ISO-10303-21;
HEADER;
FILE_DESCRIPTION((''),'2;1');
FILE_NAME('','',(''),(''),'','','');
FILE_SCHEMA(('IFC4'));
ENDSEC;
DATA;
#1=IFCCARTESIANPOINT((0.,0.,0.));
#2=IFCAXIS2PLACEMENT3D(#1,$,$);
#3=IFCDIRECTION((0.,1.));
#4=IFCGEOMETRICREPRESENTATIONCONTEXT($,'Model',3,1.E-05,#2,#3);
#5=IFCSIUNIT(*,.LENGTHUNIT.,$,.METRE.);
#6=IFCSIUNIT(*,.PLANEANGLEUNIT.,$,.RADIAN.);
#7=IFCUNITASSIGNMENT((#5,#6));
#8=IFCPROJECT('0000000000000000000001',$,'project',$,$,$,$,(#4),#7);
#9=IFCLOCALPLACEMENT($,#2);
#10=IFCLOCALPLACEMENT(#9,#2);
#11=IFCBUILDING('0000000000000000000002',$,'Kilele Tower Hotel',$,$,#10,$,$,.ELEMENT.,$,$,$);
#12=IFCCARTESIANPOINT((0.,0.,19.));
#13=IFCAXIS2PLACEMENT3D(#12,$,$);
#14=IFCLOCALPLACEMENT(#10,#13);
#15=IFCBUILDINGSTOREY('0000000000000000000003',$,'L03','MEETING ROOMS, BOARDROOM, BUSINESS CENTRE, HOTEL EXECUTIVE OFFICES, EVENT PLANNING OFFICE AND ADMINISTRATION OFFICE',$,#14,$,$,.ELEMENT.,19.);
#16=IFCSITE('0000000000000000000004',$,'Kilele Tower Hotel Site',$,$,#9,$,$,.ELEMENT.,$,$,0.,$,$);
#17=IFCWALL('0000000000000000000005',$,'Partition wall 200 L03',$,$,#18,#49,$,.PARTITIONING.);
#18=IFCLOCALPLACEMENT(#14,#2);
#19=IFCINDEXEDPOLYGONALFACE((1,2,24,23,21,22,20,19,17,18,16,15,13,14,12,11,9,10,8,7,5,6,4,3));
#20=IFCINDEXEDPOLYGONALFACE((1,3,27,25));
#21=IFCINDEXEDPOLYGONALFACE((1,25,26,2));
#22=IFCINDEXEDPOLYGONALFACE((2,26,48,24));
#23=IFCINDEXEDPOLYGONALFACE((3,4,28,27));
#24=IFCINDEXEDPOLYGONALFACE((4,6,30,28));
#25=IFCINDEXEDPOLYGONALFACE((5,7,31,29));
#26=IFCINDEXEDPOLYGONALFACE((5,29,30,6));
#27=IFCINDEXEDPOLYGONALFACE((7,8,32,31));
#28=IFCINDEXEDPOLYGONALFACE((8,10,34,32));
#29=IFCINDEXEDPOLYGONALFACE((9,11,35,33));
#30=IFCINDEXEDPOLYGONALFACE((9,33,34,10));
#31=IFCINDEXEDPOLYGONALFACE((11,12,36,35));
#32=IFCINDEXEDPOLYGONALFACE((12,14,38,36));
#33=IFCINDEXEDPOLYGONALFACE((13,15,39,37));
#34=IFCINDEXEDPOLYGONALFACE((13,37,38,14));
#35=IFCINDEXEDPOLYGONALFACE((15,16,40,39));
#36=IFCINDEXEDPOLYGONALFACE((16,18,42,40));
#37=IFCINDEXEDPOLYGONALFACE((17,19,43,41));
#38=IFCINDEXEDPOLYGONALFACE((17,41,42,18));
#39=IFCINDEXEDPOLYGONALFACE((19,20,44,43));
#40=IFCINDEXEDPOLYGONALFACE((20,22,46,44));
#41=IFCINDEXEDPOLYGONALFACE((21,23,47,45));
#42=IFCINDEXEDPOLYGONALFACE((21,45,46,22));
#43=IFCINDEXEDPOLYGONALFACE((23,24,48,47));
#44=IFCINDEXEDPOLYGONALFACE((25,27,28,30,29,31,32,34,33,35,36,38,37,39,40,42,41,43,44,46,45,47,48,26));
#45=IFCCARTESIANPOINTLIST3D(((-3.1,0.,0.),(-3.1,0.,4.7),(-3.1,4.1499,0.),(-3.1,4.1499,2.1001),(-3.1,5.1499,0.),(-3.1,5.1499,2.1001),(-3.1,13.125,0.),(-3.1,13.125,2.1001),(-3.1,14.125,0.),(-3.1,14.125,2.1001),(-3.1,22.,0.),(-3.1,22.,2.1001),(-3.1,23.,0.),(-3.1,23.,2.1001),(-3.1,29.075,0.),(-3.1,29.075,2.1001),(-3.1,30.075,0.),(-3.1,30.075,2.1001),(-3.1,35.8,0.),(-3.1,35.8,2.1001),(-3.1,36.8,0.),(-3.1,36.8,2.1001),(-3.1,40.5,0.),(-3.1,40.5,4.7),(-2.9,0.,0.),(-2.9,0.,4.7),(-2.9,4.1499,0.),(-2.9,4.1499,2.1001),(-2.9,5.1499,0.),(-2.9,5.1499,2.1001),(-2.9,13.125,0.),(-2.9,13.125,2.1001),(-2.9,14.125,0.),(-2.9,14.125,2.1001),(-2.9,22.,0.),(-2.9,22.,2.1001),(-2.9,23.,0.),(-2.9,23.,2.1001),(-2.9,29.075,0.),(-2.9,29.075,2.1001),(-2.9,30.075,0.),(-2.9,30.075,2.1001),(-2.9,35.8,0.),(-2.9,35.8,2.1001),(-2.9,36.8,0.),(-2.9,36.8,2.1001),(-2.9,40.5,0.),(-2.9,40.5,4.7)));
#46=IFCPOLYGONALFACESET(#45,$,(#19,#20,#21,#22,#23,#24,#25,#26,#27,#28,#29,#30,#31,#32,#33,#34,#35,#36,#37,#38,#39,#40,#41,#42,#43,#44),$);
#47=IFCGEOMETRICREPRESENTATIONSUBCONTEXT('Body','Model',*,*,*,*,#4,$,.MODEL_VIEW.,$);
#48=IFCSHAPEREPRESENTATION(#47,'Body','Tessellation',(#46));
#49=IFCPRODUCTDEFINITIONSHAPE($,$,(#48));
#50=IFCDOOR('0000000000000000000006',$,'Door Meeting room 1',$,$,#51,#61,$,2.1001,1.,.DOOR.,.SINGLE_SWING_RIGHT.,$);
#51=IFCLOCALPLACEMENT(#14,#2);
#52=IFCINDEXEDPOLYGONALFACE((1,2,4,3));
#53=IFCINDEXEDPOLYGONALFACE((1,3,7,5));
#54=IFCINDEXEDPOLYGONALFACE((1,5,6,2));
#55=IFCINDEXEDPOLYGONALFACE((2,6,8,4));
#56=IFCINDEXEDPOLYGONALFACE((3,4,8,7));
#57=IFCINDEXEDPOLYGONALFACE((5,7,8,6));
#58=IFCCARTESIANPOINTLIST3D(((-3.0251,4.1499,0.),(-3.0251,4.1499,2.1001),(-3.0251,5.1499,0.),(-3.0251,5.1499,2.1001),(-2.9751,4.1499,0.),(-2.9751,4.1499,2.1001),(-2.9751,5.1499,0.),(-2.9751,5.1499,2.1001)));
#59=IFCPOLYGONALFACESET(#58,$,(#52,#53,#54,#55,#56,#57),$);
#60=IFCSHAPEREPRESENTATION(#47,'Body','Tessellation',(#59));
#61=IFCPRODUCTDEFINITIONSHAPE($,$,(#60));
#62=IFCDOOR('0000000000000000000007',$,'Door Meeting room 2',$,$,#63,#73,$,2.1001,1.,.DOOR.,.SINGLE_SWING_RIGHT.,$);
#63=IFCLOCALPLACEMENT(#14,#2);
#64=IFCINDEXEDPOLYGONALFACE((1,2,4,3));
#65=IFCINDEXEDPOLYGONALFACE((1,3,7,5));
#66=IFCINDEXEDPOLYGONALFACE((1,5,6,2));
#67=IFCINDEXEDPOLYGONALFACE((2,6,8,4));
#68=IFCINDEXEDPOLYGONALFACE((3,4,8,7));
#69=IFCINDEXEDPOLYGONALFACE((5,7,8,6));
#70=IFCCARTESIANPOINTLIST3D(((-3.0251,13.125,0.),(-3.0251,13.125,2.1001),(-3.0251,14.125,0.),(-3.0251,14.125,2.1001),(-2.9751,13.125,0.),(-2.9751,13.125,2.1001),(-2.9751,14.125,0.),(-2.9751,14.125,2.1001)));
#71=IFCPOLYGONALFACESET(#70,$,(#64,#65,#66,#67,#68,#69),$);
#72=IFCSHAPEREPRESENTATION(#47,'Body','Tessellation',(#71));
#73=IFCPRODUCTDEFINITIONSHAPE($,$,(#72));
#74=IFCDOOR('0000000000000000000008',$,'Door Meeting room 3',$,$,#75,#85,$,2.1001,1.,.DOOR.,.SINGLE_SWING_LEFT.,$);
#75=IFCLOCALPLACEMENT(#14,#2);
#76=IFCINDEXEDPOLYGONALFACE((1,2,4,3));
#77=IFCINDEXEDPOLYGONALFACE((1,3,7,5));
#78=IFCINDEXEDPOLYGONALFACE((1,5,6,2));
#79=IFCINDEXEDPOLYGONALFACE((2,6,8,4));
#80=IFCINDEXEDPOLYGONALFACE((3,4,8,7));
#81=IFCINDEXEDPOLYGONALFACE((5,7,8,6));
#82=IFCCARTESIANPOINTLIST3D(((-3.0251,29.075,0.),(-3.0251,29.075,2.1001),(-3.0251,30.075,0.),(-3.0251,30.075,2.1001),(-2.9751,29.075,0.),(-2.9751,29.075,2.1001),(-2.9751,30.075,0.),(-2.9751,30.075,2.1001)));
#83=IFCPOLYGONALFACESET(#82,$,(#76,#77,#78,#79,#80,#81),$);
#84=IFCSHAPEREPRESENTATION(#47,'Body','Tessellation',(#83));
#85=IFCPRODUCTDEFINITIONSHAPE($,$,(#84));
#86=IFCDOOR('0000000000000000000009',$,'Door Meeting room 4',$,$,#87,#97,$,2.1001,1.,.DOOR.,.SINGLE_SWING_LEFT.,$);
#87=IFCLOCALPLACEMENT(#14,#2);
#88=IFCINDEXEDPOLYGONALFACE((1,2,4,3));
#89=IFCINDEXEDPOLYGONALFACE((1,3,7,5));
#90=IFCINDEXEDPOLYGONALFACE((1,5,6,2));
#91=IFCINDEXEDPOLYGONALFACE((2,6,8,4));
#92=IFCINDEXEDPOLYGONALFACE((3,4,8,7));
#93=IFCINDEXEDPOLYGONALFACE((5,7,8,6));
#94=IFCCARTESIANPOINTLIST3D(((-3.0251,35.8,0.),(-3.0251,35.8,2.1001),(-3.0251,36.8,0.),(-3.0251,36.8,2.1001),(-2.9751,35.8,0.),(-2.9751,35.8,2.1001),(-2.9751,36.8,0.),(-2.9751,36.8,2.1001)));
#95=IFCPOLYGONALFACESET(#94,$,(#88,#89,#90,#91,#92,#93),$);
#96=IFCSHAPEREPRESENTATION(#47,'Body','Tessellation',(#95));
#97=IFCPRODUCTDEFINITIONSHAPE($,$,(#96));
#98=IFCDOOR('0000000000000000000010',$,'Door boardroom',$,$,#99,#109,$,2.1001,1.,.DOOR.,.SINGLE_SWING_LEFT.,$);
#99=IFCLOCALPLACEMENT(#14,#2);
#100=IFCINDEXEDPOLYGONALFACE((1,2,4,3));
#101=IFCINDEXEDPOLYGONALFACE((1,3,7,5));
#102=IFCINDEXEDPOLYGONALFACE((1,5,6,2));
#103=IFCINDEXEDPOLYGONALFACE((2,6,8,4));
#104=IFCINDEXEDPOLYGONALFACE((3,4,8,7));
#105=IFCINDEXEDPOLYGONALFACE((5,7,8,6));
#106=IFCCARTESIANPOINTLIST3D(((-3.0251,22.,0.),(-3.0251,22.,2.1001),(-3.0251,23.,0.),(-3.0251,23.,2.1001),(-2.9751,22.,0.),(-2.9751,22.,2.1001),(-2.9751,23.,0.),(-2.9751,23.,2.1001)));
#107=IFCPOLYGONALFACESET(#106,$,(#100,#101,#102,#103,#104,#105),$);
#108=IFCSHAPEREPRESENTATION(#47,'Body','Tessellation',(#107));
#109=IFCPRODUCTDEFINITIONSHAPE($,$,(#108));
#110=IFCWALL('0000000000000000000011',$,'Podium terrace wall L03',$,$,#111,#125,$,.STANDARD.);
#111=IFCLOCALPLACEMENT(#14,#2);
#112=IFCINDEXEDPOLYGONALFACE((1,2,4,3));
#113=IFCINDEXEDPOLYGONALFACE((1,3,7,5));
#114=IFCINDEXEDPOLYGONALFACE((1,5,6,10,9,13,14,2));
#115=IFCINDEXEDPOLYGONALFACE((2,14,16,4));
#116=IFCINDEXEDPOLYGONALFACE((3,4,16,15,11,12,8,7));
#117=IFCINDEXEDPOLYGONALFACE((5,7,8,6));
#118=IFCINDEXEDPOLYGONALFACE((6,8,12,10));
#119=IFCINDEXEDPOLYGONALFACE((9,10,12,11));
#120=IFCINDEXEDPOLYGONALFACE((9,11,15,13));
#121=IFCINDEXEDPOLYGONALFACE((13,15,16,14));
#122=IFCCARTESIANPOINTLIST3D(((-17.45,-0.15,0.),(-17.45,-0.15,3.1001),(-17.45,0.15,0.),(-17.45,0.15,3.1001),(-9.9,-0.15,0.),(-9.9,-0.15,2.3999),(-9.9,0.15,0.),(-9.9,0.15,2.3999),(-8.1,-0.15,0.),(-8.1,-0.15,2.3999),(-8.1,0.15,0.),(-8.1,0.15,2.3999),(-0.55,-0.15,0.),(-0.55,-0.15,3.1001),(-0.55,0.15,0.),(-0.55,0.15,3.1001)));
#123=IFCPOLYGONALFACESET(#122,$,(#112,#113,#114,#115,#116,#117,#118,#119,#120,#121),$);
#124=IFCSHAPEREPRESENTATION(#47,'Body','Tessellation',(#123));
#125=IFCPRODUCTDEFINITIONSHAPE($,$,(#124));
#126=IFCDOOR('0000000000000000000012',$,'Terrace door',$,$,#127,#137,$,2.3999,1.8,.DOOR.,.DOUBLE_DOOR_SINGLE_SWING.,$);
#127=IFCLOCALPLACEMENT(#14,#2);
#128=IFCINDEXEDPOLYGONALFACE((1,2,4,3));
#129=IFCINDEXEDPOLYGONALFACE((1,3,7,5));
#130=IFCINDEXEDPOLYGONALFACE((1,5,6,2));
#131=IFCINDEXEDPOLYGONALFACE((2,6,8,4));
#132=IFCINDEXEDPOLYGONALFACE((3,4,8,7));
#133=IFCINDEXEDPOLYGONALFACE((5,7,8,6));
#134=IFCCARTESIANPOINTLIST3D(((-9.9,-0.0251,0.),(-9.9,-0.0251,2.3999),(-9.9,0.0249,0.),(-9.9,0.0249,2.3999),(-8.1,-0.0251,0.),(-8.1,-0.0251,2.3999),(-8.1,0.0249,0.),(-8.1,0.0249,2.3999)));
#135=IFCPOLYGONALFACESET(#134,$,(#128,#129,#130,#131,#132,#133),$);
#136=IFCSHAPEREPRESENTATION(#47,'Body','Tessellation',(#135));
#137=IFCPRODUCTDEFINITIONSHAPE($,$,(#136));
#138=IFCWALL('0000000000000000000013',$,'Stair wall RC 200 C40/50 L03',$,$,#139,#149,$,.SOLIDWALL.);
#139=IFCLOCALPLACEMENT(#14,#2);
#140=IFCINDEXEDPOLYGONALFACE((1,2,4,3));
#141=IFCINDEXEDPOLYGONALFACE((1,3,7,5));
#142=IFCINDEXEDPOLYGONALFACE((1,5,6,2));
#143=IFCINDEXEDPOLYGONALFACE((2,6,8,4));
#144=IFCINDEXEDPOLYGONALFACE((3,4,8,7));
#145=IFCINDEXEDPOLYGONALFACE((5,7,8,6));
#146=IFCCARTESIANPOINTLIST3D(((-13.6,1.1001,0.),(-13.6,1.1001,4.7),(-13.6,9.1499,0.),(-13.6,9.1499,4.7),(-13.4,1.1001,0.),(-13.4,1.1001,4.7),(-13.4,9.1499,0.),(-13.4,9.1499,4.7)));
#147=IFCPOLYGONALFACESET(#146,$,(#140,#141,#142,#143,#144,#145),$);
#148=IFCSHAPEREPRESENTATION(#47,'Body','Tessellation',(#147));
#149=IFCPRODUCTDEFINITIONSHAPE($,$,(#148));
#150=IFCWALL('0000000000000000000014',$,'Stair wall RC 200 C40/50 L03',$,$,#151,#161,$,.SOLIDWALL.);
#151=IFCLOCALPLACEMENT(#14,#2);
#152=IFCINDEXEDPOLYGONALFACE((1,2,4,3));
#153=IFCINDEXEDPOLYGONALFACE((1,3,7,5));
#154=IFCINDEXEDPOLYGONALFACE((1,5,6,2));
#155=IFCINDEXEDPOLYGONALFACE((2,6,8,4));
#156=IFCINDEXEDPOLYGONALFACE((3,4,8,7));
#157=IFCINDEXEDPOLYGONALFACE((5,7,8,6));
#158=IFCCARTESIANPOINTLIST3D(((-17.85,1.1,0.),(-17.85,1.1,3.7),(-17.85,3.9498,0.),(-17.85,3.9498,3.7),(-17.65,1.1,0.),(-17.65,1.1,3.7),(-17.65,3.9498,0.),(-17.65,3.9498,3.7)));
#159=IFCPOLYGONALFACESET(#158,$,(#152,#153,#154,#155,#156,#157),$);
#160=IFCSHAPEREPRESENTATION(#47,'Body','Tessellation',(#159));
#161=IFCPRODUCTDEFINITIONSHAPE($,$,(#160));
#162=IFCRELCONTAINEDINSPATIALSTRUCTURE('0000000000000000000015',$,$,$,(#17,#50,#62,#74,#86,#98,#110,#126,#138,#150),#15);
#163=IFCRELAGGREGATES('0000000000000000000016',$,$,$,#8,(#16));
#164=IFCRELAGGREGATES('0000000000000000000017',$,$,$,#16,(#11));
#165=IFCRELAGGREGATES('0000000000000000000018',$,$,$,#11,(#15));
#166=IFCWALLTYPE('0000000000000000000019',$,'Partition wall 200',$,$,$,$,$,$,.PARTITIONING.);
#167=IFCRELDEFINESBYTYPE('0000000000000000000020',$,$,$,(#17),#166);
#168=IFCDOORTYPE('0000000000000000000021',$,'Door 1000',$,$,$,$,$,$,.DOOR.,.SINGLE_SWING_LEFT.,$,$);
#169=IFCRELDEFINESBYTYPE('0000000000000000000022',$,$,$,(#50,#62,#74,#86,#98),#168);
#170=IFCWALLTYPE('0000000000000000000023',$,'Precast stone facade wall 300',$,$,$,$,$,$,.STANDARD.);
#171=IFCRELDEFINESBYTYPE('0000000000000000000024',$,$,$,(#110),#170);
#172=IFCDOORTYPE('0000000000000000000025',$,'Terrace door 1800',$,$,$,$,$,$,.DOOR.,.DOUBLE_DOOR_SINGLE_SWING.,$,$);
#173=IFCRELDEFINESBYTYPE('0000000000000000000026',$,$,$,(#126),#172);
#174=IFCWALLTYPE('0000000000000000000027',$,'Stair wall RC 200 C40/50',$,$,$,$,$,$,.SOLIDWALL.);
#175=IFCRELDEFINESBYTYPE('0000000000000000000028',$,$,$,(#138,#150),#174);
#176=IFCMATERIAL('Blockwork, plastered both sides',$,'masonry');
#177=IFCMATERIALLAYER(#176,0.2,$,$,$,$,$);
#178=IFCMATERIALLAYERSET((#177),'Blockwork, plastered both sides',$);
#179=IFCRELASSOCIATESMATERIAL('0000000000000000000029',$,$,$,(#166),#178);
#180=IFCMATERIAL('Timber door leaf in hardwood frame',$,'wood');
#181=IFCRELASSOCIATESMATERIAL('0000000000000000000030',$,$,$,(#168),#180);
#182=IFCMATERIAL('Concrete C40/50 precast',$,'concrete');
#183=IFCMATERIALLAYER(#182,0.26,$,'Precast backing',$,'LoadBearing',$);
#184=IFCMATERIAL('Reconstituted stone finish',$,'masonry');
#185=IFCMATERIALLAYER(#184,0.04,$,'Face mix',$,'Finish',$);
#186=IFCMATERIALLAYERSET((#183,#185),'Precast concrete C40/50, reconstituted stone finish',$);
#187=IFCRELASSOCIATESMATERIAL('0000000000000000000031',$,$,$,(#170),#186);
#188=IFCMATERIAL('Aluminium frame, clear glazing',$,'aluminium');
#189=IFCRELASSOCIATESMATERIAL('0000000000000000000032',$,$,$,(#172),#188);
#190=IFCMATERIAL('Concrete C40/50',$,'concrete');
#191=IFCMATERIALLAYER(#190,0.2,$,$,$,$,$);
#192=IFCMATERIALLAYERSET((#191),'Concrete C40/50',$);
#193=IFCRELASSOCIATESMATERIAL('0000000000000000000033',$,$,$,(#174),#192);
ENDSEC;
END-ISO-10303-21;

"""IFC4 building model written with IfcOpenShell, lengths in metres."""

from ifc_helpers import new_model, si_unit, direction, frame, frame_2d, origin, place, context, subcontext, project, spatial, rectangle, extrude, material, layer, layer_set, type_object, element, fill, save


model = new_model("IFC4")

# Units and contexts
model_context = context("Model", 3, precision=1e-05, world=origin(), true_north=direction((0.0, 1.0)))
body_context = subcontext(model_context, "Body", "Model", "MODEL_VIEW")
ifc_project = project(units=[si_unit("LENGTHUNIT", "METRE"), si_unit("PLANEANGLEUNIT", "RADIAN")], contexts=[model_context])

# Site, building, storey
site_placement = place(None, origin())
site = spatial("IfcSite", under=ifc_project, at=site_placement, Name="Kilele Tower Hotel Site", CompositionType="ELEMENT", RefElevation=0.0)
building_placement = place(site_placement, origin())
building = spatial("IfcBuilding", under=site, at=building_placement, Name="Kilele Tower Hotel", CompositionType="ELEMENT")
storey_placement = place(building_placement, frame((0.0, 0.0, 19.0)))
storey = spatial("IfcBuildingStorey", under=building, at=storey_placement, Name="L03", Description="MEETING ROOMS, BOARDROOM, BUSINESS CENTRE, HOTEL EXECUTIVE OFFICES, EVENT PLANNING OFFICE AND ADMINISTRATION OFFICE", CompositionType="ELEMENT", Elevation=19.0)

# Wall, openings, doors
ifc_material_1 = material(Name="Blockwork, plastered both sides", Category="masonry")
ifc_layer_1 = layer(ifc_material_1, 0.2)
ifc_layer_set_1 = layer_set([ifc_layer_1], Name="Blockwork, plastered both sides")
wall_type_1 = type_object("IfcWallType", Name="Partition wall 200", PredefinedType="PARTITIONING", material=ifc_layer_set_1)
wall_1_placement = place(storey_placement, frame((-3.0, 0.0, 0.0), z_axis=(0.0, 0.0, 1.0), x_axis=(0.0, 1.0, 0.0)))
wall_1 = element("IfcWall", 1, at=wall_1_placement, inside=storey, type_object=wall_type_1, Name="Partition wall 200 L03", PredefinedType="PARTITIONING", context=body_context, shape_type="SweptSolid", body=[
    extrude(rectangle(XDim=40.5, YDim=0.2, at=frame_2d((20.25, 0.0))), origin(), (0.0, 0.0, 1.0), 4.7),
])
opening_1_placement = place(wall_1_placement, frame((5.1499, 0.0, 0.0), z_axis=(0.0, 0.0, 1.0), x_axis=(-1.0, 0.0, 0.0)))
opening_1 = element("IfcOpeningElement", 2, at=opening_1_placement, cuts=wall_1, PredefinedType="OPENING", context=body_context, shape_type="SweptSolid", body=[
    extrude(rectangle(XDim=1.0, YDim=2.1001, at=frame_2d((0.5, 1.05))), frame((0.0, 0.1099, 0.0), z_axis=(0.0, -1.0, 0.0), x_axis=(1.0, 0.0, 0.0)), (0.0, 0.0, 1.0), 0.22),
])
opening_2_placement = place(wall_1_placement, frame((14.125, 0.0, 0.0), z_axis=(0.0, 0.0, 1.0), x_axis=(-1.0, 0.0, 0.0)))
opening_2 = element("IfcOpeningElement", 3, at=opening_2_placement, cuts=wall_1, PredefinedType="OPENING", context=body_context, shape_type="SweptSolid", body=[
    extrude(rectangle(XDim=1.0, YDim=2.1001, at=frame_2d((0.5, 1.05))), frame((0.0, 0.1099, 0.0), z_axis=(0.0, -1.0, 0.0), x_axis=(1.0, 0.0, 0.0)), (0.0, 0.0, 1.0), 0.22),
])
opening_3_placement = place(wall_1_placement, frame((30.075, 0.0, 0.0), z_axis=(0.0, 0.0, 1.0), x_axis=(-1.0, 0.0, 0.0)))
opening_3 = element("IfcOpeningElement", 4, at=opening_3_placement, cuts=wall_1, PredefinedType="OPENING", context=body_context, shape_type="SweptSolid", body=[
    extrude(rectangle(XDim=1.0, YDim=2.1001, at=frame_2d((0.5, 1.05))), frame((0.0, 0.1099, 0.0), z_axis=(0.0, -1.0, 0.0), x_axis=(1.0, 0.0, 0.0)), (0.0, 0.0, 1.0), 0.22),
])
opening_4_placement = place(wall_1_placement, frame((36.8, 0.0, 0.0), z_axis=(0.0, 0.0, 1.0), x_axis=(-1.0, 0.0, 0.0)))
opening_4 = element("IfcOpeningElement", 5, at=opening_4_placement, cuts=wall_1, PredefinedType="OPENING", context=body_context, shape_type="SweptSolid", body=[
    extrude(rectangle(XDim=1.0, YDim=2.1001, at=frame_2d((0.5, 1.05))), frame((0.0, 0.1099, 0.0), z_axis=(0.0, -1.0, 0.0), x_axis=(1.0, 0.0, 0.0)), (0.0, 0.0, 1.0), 0.22),
])
opening_5_placement = place(wall_1_placement, frame((23.0, 0.0, 0.0), z_axis=(0.0, 0.0, 1.0), x_axis=(-1.0, 0.0, 0.0)))
opening_5 = element("IfcOpeningElement", 6, at=opening_5_placement, cuts=wall_1, PredefinedType="OPENING", context=body_context, shape_type="SweptSolid", body=[
    extrude(rectangle(XDim=1.0, YDim=2.1001, at=frame_2d((0.5, 1.05))), frame((0.0, 0.1099, 0.0), z_axis=(0.0, -1.0, 0.0), x_axis=(1.0, 0.0, 0.0)), (0.0, 0.0, 1.0), 0.22),
])
ifc_material_2 = material(Name="Timber door leaf in hardwood frame", Category="wood")
door_type_1 = type_object("IfcDoorType", Name="Door 1000", OperationType="SINGLE_SWING_LEFT", PredefinedType="DOOR", material=ifc_material_2)
door_1_placement = place(opening_1_placement, origin())
door_1 = element("IfcDoor", 7, at=door_1_placement, inside=storey, type_object=door_type_1, Name="Door Meeting room 1", OperationType="SINGLE_SWING_RIGHT", OverallHeight=2.1001, OverallWidth=1.0, PredefinedType="DOOR", context=body_context, shape_type="SweptSolid", body=[
    extrude(rectangle(XDim=1.0, YDim=2.1001, at=frame_2d((0.5, 1.05))), frame((0.0, 0.0249, 0.0), z_axis=(0.0, -1.0, 0.0), x_axis=(1.0, 0.0, 0.0)), (0.0, 0.0, 1.0), 0.05),
])
fill(opening_1, door_1)
door_2_placement = place(opening_2_placement, origin())
door_2 = element("IfcDoor", 8, at=door_2_placement, inside=storey, type_object=door_type_1, Name="Door Meeting room 2", OperationType="SINGLE_SWING_RIGHT", OverallHeight=2.1001, OverallWidth=1.0, PredefinedType="DOOR", context=body_context, shape_type="SweptSolid", body=[
    extrude(rectangle(XDim=1.0, YDim=2.1001, at=frame_2d((0.5, 1.05))), frame((0.0, 0.0249, 0.0), z_axis=(0.0, -1.0, 0.0), x_axis=(1.0, 0.0, 0.0)), (0.0, 0.0, 1.0), 0.05),
])
fill(opening_2, door_2)
door_3_placement = place(opening_3_placement, origin())
door_3 = element("IfcDoor", 9, at=door_3_placement, inside=storey, type_object=door_type_1, Name="Door Meeting room 3", OperationType="SINGLE_SWING_LEFT", OverallHeight=2.1001, OverallWidth=1.0, PredefinedType="DOOR", context=body_context, shape_type="SweptSolid", body=[
    extrude(rectangle(XDim=1.0, YDim=2.1001, at=frame_2d((0.5, 1.05))), frame((0.0, 0.0249, 0.0), z_axis=(0.0, -1.0, 0.0), x_axis=(1.0, 0.0, 0.0)), (0.0, 0.0, 1.0), 0.05),
])
fill(opening_3, door_3)
door_4_placement = place(opening_4_placement, origin())
door_4 = element("IfcDoor", 10, at=door_4_placement, inside=storey, type_object=door_type_1, Name="Door Meeting room 4", OperationType="SINGLE_SWING_LEFT", OverallHeight=2.1001, OverallWidth=1.0, PredefinedType="DOOR", context=body_context, shape_type="SweptSolid", body=[
    extrude(rectangle(XDim=1.0, YDim=2.1001, at=frame_2d((0.5, 1.05))), frame((0.0, 0.0249, 0.0), z_axis=(0.0, -1.0, 0.0), x_axis=(1.0, 0.0, 0.0)), (0.0, 0.0, 1.0), 0.05),
])
fill(opening_4, door_4)
door_5_placement = place(opening_5_placement, origin())
door_5 = element("IfcDoor", 11, at=door_5_placement, inside=storey, type_object=door_type_1, Name="Door boardroom", OperationType="SINGLE_SWING_LEFT", OverallHeight=2.1001, OverallWidth=1.0, PredefinedType="DOOR", context=body_context, shape_type="SweptSolid", body=[
    extrude(rectangle(XDim=1.0, YDim=2.1001, at=frame_2d((0.5, 1.05))), frame((0.0, 0.0249, 0.0), z_axis=(0.0, -1.0, 0.0), x_axis=(1.0, 0.0, 0.0)), (0.0, 0.0, 1.0), 0.05),
])
fill(opening_5, door_5)

# Wall, opening, door
ifc_material_3 = material(Name="Concrete C40/50 precast", Category="concrete")
ifc_layer_2 = layer(ifc_material_3, 0.26, Name="Precast backing", Category="LoadBearing")
ifc_material_4 = material(Name="Reconstituted stone finish", Category="masonry")
ifc_layer_3 = layer(ifc_material_4, 0.04, Name="Face mix", Category="Finish")
ifc_layer_set_2 = layer_set([ifc_layer_2, ifc_layer_3], Name="Precast concrete C40/50, reconstituted stone finish")
wall_type_2 = type_object("IfcWallType", Name="Precast stone facade wall 300", PredefinedType="STANDARD", material=ifc_layer_set_2)
wall_2_placement = place(storey_placement, frame((-17.45, 0.0, 0.0), z_axis=(0.0, 0.0, 1.0), x_axis=(1.0, 0.0, 0.0)))
wall_2 = element("IfcWall", 12, at=wall_2_placement, inside=storey, type_object=wall_type_2, Name="Podium terrace wall L03", PredefinedType="STANDARD", context=body_context, shape_type="SweptSolid", body=[
    extrude(rectangle(XDim=16.8999, YDim=0.3, at=frame_2d((8.45, 0.0))), origin(), (0.0, 0.0, 1.0), 3.1001),
])
opening_6_placement = place(wall_2_placement, frame((7.55, 0.0, 0.0)))
opening_6 = element("IfcOpeningElement", 13, at=opening_6_placement, cuts=wall_2, PredefinedType="OPENING", context=body_context, shape_type="SweptSolid", body=[
    extrude(rectangle(XDim=1.8, YDim=2.3999, at=frame_2d((0.8999, 1.2))), frame((0.0, 0.1599, 0.0), z_axis=(0.0, -1.0, 0.0), x_axis=(1.0, 0.0, 0.0)), (0.0, 0.0, 1.0), 0.3201),
])
ifc_material_5 = material(Name="Aluminium frame, clear glazing", Category="aluminium")
door_type_2 = type_object("IfcDoorType", Name="Terrace door 1800", OperationType="DOUBLE_DOOR_SINGLE_SWING", PredefinedType="DOOR", material=ifc_material_5)
door_6_placement = place(opening_6_placement, origin())
door_6 = element("IfcDoor", 14, at=door_6_placement, inside=storey, type_object=door_type_2, Name="Terrace door", OperationType="DOUBLE_DOOR_SINGLE_SWING", OverallHeight=2.3999, OverallWidth=1.8, PredefinedType="DOOR", context=body_context, shape_type="SweptSolid", body=[
    extrude(rectangle(XDim=1.8, YDim=2.3999, at=frame_2d((0.8999, 1.2))), frame((0.0, 0.0249, 0.0), z_axis=(0.0, -1.0, 0.0), x_axis=(1.0, 0.0, 0.0)), (0.0, 0.0, 1.0), 0.05),
])
fill(opening_6, door_6)

# Walls
ifc_material_6 = material(Name="Concrete C40/50", Category="concrete")
ifc_layer_4 = layer(ifc_material_6, 0.2)
ifc_layer_set_3 = layer_set([ifc_layer_4], Name="Concrete C40/50")
wall_type_3 = type_object("IfcWallType", Name="Stair wall RC 200 C40/50", PredefinedType="SOLIDWALL", material=ifc_layer_set_3)
wall_3_placement = place(storey_placement, frame((-13.5, 1.1001, 0.0), z_axis=(0.0, 0.0, 1.0), x_axis=(0.0, 1.0, 0.0)))
element("IfcWall", 15, at=wall_3_placement, inside=storey, type_object=wall_type_3, Name="Stair wall RC 200 C40/50 L03", PredefinedType="SOLIDWALL", context=body_context, shape_type="SweptSolid", body=[
    extrude(rectangle(XDim=8.0498, YDim=0.2, at=frame_2d((4.0249, 0.0))), origin(), (0.0, 0.0, 1.0), 4.7),
])
wall_4_placement = place(storey_placement, frame((-17.75, 1.1001, 0.0), z_axis=(0.0, 0.0, 1.0), x_axis=(0.0, 1.0, 0.0)))
element("IfcWall", 16, at=wall_4_placement, inside=storey, type_object=wall_type_3, Name="Stair wall RC 200 C40/50 L03", PredefinedType="SOLIDWALL", context=body_context, shape_type="SweptSolid", body=[
    extrude(rectangle(XDim=2.8499, YDim=0.2, at=frame_2d((1.4248, 0.0))), origin(), (0.0, 0.0, 1.0), 3.7),
])

save(model, "model.ifc")
